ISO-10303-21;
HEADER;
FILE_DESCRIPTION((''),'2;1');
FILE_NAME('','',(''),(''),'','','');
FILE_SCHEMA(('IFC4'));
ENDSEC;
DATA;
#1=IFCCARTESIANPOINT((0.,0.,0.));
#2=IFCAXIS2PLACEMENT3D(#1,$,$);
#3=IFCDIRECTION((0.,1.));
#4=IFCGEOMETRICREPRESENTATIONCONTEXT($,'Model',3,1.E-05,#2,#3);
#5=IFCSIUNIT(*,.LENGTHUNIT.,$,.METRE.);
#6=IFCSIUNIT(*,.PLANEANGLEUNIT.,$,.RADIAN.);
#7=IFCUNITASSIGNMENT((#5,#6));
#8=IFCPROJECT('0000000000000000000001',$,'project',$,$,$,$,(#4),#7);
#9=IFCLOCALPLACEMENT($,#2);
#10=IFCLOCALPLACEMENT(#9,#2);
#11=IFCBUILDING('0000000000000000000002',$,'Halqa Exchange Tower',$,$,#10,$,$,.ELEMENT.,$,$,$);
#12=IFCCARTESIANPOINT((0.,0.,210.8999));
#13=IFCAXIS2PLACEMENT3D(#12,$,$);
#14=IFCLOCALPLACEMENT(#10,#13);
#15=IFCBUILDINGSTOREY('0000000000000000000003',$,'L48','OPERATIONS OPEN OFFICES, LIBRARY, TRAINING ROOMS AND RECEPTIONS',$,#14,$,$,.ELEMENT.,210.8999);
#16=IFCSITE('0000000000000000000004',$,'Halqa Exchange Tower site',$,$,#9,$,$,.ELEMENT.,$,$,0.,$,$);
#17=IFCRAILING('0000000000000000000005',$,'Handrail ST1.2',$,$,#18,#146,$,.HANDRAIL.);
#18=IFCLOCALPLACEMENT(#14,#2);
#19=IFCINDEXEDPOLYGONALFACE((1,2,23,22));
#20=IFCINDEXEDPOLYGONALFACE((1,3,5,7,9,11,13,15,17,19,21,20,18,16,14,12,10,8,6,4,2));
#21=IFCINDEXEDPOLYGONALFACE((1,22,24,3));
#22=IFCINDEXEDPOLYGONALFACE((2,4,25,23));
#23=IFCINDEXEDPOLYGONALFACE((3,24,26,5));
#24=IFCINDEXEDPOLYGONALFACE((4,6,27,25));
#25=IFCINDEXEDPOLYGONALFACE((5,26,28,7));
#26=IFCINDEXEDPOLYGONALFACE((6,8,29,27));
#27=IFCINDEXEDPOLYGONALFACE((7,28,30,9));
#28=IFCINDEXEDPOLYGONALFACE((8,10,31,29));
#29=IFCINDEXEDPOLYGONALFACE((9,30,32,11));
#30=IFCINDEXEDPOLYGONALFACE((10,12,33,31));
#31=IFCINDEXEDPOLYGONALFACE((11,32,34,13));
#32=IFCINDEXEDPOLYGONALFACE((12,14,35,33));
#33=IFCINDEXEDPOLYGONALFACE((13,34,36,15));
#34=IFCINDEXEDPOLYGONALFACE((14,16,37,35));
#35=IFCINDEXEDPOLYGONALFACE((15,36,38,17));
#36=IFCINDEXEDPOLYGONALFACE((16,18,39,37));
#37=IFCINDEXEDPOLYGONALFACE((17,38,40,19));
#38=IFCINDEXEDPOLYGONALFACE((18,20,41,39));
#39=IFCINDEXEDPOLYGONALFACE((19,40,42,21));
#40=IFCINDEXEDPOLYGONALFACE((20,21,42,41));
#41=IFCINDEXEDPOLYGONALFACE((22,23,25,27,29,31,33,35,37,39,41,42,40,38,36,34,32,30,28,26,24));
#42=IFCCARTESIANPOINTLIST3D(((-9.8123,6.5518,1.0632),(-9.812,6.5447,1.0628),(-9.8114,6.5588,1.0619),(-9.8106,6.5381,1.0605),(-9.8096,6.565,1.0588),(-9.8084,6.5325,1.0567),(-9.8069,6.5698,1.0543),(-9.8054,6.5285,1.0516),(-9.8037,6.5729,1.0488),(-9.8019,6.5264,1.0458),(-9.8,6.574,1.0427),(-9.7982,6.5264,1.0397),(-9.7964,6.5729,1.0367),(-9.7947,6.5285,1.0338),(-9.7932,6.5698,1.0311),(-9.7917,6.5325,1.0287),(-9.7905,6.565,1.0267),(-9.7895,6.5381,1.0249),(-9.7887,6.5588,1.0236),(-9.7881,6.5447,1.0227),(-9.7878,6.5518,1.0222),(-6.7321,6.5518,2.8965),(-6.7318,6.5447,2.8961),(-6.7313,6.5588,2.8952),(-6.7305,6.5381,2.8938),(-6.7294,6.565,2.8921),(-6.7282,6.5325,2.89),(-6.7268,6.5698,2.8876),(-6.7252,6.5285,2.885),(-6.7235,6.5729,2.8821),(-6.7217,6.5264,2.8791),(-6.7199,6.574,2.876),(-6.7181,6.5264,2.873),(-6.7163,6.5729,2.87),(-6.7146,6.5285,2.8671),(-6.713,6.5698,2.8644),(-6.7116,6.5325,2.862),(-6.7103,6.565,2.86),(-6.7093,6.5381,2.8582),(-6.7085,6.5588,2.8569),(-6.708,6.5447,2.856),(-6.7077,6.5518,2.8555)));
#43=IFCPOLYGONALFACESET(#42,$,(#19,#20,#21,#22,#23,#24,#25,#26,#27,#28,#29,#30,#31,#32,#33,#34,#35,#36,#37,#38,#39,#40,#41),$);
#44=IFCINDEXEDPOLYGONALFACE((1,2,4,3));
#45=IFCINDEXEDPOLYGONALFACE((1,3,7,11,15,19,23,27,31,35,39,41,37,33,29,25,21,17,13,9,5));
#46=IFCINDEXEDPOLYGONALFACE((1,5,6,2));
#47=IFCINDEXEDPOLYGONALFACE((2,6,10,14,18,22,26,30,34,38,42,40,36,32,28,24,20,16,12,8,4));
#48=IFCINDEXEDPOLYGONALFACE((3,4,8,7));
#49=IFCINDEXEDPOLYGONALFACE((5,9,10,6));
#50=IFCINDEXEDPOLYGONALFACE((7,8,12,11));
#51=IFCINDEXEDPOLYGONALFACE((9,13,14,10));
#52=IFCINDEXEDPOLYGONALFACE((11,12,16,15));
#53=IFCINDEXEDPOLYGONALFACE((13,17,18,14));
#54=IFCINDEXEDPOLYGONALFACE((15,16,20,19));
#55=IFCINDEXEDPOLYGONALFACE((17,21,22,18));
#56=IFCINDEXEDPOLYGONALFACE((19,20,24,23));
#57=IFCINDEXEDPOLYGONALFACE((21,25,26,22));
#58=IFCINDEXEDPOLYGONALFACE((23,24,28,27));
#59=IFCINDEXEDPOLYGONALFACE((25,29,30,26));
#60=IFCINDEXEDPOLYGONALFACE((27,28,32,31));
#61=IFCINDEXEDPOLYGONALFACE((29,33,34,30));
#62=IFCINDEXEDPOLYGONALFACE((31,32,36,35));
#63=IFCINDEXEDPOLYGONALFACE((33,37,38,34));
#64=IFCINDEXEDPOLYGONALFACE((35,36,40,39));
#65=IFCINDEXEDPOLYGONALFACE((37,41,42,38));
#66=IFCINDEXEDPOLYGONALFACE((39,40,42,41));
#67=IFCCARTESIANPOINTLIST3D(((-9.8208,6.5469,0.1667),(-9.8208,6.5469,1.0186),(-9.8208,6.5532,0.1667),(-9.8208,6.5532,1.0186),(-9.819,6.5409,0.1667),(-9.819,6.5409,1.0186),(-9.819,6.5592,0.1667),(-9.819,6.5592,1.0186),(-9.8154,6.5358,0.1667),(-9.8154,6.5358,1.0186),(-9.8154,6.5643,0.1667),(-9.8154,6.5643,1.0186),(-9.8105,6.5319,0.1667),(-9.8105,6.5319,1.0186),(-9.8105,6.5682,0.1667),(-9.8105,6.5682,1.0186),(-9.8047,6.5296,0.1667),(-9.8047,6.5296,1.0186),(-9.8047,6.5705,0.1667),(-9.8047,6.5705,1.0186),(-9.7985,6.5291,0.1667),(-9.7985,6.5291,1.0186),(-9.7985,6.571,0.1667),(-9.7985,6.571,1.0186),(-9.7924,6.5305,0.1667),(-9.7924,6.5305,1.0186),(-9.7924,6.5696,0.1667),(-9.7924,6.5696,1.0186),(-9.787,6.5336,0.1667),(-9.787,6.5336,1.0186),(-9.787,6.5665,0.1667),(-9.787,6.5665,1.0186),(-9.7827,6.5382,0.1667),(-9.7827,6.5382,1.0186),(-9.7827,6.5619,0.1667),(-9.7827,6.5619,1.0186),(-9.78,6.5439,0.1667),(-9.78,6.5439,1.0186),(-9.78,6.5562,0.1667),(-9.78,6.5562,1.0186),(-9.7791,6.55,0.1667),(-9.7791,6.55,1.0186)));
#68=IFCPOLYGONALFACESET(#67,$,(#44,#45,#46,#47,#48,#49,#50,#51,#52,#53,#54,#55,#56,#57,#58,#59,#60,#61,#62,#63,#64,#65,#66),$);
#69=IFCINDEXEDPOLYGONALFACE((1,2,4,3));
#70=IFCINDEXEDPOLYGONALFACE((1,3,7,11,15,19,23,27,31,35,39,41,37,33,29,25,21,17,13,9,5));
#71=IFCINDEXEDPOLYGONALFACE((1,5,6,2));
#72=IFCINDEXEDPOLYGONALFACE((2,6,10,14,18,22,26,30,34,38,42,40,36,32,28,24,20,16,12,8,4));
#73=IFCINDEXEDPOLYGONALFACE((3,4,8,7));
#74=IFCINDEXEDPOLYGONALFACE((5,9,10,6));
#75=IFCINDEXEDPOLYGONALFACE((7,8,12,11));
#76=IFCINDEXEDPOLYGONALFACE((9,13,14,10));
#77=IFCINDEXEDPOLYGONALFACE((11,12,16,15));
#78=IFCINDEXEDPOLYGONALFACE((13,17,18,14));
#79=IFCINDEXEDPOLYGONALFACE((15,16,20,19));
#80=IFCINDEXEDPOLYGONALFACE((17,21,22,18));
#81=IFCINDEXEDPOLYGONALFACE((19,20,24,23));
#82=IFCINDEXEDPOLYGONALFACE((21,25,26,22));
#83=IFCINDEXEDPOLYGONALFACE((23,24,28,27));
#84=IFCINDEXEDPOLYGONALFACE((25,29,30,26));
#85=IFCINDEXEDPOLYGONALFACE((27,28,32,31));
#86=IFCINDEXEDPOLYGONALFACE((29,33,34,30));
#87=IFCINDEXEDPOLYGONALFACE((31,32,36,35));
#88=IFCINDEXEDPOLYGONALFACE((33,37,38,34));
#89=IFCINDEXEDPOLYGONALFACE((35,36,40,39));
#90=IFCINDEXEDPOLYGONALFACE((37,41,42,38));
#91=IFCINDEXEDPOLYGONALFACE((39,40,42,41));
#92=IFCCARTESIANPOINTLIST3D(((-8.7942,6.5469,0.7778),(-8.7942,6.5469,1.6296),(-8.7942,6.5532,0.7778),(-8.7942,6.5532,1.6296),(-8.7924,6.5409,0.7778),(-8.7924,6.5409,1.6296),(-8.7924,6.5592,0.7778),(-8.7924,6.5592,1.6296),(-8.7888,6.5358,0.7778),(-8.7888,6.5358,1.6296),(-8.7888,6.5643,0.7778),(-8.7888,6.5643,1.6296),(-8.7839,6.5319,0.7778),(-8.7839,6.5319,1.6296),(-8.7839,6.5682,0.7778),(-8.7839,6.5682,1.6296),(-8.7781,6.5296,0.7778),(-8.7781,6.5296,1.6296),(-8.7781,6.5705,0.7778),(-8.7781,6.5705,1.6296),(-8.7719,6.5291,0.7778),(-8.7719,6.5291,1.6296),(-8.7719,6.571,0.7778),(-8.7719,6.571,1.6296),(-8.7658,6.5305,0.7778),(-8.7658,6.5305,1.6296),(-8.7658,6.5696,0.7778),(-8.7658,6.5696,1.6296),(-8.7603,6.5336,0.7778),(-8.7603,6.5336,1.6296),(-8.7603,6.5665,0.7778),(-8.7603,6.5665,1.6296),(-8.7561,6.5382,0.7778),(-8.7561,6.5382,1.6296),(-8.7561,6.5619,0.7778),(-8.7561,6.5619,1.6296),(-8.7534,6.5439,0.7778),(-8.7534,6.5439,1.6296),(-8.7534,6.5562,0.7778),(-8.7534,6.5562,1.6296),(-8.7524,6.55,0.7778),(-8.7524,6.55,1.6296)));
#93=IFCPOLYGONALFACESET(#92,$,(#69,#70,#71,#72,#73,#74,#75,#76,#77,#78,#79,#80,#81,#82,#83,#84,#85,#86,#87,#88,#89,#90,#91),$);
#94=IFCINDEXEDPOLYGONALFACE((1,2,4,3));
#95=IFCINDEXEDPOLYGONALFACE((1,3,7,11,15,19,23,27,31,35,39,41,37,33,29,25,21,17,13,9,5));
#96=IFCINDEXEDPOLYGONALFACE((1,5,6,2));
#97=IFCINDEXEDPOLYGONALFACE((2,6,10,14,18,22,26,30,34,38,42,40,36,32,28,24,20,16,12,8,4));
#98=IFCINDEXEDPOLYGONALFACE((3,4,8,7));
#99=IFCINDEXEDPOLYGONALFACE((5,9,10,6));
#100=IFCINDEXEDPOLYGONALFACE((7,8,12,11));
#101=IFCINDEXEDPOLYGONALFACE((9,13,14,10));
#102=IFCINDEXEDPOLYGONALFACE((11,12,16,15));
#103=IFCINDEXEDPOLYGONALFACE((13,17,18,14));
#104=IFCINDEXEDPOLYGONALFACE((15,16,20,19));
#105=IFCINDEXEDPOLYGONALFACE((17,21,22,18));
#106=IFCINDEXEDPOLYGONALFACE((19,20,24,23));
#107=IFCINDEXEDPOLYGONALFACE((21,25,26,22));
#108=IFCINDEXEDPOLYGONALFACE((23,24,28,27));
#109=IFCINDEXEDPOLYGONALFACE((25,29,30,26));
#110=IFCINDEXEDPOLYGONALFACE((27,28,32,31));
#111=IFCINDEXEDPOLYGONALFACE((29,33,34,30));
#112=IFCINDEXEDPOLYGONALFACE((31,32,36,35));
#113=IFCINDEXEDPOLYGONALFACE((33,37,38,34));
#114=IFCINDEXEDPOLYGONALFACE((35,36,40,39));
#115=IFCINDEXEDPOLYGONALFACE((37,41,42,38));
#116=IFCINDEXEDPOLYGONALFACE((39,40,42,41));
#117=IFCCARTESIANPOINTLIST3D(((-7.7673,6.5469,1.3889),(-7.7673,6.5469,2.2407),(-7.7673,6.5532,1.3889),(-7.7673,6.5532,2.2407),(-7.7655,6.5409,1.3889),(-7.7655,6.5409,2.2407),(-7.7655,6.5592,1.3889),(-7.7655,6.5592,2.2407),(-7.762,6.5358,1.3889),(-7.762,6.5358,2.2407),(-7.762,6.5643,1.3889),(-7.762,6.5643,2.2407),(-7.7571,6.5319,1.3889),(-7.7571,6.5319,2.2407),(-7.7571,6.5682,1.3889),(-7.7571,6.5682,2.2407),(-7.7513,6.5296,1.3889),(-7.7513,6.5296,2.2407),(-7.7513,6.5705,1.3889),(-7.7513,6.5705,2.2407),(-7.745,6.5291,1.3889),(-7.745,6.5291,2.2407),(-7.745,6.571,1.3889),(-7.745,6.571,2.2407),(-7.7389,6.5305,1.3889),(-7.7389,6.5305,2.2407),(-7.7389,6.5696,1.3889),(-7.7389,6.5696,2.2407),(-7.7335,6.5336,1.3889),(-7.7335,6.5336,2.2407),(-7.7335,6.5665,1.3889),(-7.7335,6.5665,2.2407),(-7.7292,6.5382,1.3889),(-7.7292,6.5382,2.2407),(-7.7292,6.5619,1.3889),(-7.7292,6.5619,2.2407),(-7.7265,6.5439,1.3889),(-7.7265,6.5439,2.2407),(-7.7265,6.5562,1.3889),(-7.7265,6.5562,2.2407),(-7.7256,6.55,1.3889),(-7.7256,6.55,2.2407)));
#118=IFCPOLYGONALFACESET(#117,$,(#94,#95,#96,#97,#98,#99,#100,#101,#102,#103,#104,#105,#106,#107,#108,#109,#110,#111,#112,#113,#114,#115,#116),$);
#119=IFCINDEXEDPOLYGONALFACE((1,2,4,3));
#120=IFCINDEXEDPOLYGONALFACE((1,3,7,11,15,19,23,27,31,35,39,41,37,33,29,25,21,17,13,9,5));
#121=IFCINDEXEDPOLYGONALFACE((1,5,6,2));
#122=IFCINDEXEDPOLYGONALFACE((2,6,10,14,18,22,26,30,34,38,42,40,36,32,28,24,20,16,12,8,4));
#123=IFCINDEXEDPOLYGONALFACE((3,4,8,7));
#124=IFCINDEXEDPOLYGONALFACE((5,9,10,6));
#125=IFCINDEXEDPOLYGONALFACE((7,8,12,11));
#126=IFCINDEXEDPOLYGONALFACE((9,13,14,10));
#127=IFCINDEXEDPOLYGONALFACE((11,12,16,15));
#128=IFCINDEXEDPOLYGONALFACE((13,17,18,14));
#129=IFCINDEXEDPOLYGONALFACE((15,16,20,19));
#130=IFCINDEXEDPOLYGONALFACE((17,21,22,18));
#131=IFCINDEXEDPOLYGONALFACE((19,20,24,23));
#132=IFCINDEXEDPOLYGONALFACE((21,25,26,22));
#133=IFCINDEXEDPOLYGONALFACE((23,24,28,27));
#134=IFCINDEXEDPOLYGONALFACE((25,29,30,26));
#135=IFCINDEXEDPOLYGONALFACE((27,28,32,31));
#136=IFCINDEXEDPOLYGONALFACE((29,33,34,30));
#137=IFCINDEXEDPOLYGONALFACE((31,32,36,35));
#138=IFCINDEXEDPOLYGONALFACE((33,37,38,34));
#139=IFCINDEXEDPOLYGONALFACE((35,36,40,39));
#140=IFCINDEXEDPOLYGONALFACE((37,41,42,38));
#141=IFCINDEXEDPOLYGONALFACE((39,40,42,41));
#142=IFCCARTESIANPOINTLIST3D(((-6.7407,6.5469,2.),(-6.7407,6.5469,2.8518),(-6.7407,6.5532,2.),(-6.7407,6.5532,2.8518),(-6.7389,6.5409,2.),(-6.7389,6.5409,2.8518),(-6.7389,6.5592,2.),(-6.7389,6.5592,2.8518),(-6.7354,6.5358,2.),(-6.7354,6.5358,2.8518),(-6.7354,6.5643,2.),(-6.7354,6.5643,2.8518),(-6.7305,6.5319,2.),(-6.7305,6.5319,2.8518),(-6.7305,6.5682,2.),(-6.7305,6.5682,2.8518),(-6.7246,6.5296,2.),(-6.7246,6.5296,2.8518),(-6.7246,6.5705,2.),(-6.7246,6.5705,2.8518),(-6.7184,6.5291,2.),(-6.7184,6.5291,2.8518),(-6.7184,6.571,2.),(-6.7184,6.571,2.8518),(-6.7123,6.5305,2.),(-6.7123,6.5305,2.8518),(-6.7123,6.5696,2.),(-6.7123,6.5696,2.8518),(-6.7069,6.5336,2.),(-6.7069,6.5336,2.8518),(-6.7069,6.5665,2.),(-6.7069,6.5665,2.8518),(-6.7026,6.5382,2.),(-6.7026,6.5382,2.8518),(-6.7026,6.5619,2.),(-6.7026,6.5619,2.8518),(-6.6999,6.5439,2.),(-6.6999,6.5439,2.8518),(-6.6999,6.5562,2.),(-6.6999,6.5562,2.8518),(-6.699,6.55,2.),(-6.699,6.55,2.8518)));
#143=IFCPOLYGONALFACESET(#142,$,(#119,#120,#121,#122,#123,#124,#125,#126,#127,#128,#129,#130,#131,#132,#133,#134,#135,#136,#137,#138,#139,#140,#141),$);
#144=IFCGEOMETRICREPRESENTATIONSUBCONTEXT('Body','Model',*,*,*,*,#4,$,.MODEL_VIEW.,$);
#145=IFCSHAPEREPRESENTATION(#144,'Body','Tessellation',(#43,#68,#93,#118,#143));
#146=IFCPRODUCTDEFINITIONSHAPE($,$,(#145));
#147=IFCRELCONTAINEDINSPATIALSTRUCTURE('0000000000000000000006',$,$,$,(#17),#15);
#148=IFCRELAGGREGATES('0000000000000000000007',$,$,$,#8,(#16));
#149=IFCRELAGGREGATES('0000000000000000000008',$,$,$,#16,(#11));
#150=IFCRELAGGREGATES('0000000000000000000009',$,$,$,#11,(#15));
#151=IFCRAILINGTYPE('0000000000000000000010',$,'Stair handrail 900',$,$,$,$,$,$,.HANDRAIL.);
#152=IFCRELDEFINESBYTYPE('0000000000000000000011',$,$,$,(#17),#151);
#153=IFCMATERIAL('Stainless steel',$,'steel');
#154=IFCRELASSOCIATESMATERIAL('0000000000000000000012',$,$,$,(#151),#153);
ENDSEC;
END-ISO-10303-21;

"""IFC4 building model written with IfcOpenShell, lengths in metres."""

from ifc_helpers import new_model, si_unit, direction, frame, origin, origin_2d, place, context, subcontext, project, spatial, circle, extrude, material, type_object, element, save


model = new_model("IFC4")

# Units and contexts
model_context = context("Model", 3, precision=1e-05, world=origin(), true_north=direction((0.0, 1.0)))
body_context = subcontext(model_context, "Body", "Model", "MODEL_VIEW")
ifc_project = project(units=[si_unit("LENGTHUNIT", "METRE"), si_unit("PLANEANGLEUNIT", "RADIAN")], contexts=[model_context])

# Site, building, storey
site_placement = place(None, origin())
site = spatial("IfcSite", under=ifc_project, at=site_placement, Name="Halqa Exchange Tower site", CompositionType="ELEMENT", RefElevation=0.0)
building_placement = place(site_placement, origin())
building = spatial("IfcBuilding", under=site, at=building_placement, Name="Halqa Exchange Tower", CompositionType="ELEMENT")
storey_placement = place(building_placement, frame((0.0, 0.0, 210.8999)))
storey = spatial("IfcBuildingStorey", under=building, at=storey_placement, Name="L48", Description="OPERATIONS OPEN OFFICES, LIBRARY, TRAINING ROOMS AND RECEPTIONS", CompositionType="ELEMENT", Elevation=210.8999)

# Shared definitions
ifc_material_1 = material(Name="Stainless steel", Category="steel")

# Railing
railing_type_1 = type_object("IfcRailingType", Name="Stair handrail 900", PredefinedType="HANDRAIL", material=ifc_material_1)
railing_1_placement = place(storey_placement, frame((-9.8, 6.55, 0.1667)))
element("IfcRailing", 1, at=railing_1_placement, inside=storey, type_object=railing_type_1, Name="Handrail ST1.2", PredefinedType="HANDRAIL", context=body_context, shape_type="SweptSolid", body=[
    extrude(circle(Radius=0.0239, at=origin_2d()), frame((0.0, 0.0, 0.876), z_axis=(0.859309, 0.0, 0.511458), x_axis=(0.0, 1.0, 0.0)), (0.0, 0.0, 1.0), 3.5845),
    extrude(circle(Radius=0.021, at=origin_2d()), origin(), (0.0, 0.0, 1.0), 0.8518),
    extrude(circle(Radius=0.021, at=origin_2d()), frame((1.0266, 0.0, 0.6111)), (0.0, 0.0, 1.0), 0.8518),
    extrude(circle(Radius=0.021, at=origin_2d()), frame((2.0535, 0.0, 1.2222)), (0.0, 0.0, 1.0), 0.8518),
    extrude(circle(Radius=0.021, at=origin_2d()), frame((3.0801, 0.0, 1.8333)), (0.0, 0.0, 1.0), 0.8518),
])

save(model, "model.ifc")
